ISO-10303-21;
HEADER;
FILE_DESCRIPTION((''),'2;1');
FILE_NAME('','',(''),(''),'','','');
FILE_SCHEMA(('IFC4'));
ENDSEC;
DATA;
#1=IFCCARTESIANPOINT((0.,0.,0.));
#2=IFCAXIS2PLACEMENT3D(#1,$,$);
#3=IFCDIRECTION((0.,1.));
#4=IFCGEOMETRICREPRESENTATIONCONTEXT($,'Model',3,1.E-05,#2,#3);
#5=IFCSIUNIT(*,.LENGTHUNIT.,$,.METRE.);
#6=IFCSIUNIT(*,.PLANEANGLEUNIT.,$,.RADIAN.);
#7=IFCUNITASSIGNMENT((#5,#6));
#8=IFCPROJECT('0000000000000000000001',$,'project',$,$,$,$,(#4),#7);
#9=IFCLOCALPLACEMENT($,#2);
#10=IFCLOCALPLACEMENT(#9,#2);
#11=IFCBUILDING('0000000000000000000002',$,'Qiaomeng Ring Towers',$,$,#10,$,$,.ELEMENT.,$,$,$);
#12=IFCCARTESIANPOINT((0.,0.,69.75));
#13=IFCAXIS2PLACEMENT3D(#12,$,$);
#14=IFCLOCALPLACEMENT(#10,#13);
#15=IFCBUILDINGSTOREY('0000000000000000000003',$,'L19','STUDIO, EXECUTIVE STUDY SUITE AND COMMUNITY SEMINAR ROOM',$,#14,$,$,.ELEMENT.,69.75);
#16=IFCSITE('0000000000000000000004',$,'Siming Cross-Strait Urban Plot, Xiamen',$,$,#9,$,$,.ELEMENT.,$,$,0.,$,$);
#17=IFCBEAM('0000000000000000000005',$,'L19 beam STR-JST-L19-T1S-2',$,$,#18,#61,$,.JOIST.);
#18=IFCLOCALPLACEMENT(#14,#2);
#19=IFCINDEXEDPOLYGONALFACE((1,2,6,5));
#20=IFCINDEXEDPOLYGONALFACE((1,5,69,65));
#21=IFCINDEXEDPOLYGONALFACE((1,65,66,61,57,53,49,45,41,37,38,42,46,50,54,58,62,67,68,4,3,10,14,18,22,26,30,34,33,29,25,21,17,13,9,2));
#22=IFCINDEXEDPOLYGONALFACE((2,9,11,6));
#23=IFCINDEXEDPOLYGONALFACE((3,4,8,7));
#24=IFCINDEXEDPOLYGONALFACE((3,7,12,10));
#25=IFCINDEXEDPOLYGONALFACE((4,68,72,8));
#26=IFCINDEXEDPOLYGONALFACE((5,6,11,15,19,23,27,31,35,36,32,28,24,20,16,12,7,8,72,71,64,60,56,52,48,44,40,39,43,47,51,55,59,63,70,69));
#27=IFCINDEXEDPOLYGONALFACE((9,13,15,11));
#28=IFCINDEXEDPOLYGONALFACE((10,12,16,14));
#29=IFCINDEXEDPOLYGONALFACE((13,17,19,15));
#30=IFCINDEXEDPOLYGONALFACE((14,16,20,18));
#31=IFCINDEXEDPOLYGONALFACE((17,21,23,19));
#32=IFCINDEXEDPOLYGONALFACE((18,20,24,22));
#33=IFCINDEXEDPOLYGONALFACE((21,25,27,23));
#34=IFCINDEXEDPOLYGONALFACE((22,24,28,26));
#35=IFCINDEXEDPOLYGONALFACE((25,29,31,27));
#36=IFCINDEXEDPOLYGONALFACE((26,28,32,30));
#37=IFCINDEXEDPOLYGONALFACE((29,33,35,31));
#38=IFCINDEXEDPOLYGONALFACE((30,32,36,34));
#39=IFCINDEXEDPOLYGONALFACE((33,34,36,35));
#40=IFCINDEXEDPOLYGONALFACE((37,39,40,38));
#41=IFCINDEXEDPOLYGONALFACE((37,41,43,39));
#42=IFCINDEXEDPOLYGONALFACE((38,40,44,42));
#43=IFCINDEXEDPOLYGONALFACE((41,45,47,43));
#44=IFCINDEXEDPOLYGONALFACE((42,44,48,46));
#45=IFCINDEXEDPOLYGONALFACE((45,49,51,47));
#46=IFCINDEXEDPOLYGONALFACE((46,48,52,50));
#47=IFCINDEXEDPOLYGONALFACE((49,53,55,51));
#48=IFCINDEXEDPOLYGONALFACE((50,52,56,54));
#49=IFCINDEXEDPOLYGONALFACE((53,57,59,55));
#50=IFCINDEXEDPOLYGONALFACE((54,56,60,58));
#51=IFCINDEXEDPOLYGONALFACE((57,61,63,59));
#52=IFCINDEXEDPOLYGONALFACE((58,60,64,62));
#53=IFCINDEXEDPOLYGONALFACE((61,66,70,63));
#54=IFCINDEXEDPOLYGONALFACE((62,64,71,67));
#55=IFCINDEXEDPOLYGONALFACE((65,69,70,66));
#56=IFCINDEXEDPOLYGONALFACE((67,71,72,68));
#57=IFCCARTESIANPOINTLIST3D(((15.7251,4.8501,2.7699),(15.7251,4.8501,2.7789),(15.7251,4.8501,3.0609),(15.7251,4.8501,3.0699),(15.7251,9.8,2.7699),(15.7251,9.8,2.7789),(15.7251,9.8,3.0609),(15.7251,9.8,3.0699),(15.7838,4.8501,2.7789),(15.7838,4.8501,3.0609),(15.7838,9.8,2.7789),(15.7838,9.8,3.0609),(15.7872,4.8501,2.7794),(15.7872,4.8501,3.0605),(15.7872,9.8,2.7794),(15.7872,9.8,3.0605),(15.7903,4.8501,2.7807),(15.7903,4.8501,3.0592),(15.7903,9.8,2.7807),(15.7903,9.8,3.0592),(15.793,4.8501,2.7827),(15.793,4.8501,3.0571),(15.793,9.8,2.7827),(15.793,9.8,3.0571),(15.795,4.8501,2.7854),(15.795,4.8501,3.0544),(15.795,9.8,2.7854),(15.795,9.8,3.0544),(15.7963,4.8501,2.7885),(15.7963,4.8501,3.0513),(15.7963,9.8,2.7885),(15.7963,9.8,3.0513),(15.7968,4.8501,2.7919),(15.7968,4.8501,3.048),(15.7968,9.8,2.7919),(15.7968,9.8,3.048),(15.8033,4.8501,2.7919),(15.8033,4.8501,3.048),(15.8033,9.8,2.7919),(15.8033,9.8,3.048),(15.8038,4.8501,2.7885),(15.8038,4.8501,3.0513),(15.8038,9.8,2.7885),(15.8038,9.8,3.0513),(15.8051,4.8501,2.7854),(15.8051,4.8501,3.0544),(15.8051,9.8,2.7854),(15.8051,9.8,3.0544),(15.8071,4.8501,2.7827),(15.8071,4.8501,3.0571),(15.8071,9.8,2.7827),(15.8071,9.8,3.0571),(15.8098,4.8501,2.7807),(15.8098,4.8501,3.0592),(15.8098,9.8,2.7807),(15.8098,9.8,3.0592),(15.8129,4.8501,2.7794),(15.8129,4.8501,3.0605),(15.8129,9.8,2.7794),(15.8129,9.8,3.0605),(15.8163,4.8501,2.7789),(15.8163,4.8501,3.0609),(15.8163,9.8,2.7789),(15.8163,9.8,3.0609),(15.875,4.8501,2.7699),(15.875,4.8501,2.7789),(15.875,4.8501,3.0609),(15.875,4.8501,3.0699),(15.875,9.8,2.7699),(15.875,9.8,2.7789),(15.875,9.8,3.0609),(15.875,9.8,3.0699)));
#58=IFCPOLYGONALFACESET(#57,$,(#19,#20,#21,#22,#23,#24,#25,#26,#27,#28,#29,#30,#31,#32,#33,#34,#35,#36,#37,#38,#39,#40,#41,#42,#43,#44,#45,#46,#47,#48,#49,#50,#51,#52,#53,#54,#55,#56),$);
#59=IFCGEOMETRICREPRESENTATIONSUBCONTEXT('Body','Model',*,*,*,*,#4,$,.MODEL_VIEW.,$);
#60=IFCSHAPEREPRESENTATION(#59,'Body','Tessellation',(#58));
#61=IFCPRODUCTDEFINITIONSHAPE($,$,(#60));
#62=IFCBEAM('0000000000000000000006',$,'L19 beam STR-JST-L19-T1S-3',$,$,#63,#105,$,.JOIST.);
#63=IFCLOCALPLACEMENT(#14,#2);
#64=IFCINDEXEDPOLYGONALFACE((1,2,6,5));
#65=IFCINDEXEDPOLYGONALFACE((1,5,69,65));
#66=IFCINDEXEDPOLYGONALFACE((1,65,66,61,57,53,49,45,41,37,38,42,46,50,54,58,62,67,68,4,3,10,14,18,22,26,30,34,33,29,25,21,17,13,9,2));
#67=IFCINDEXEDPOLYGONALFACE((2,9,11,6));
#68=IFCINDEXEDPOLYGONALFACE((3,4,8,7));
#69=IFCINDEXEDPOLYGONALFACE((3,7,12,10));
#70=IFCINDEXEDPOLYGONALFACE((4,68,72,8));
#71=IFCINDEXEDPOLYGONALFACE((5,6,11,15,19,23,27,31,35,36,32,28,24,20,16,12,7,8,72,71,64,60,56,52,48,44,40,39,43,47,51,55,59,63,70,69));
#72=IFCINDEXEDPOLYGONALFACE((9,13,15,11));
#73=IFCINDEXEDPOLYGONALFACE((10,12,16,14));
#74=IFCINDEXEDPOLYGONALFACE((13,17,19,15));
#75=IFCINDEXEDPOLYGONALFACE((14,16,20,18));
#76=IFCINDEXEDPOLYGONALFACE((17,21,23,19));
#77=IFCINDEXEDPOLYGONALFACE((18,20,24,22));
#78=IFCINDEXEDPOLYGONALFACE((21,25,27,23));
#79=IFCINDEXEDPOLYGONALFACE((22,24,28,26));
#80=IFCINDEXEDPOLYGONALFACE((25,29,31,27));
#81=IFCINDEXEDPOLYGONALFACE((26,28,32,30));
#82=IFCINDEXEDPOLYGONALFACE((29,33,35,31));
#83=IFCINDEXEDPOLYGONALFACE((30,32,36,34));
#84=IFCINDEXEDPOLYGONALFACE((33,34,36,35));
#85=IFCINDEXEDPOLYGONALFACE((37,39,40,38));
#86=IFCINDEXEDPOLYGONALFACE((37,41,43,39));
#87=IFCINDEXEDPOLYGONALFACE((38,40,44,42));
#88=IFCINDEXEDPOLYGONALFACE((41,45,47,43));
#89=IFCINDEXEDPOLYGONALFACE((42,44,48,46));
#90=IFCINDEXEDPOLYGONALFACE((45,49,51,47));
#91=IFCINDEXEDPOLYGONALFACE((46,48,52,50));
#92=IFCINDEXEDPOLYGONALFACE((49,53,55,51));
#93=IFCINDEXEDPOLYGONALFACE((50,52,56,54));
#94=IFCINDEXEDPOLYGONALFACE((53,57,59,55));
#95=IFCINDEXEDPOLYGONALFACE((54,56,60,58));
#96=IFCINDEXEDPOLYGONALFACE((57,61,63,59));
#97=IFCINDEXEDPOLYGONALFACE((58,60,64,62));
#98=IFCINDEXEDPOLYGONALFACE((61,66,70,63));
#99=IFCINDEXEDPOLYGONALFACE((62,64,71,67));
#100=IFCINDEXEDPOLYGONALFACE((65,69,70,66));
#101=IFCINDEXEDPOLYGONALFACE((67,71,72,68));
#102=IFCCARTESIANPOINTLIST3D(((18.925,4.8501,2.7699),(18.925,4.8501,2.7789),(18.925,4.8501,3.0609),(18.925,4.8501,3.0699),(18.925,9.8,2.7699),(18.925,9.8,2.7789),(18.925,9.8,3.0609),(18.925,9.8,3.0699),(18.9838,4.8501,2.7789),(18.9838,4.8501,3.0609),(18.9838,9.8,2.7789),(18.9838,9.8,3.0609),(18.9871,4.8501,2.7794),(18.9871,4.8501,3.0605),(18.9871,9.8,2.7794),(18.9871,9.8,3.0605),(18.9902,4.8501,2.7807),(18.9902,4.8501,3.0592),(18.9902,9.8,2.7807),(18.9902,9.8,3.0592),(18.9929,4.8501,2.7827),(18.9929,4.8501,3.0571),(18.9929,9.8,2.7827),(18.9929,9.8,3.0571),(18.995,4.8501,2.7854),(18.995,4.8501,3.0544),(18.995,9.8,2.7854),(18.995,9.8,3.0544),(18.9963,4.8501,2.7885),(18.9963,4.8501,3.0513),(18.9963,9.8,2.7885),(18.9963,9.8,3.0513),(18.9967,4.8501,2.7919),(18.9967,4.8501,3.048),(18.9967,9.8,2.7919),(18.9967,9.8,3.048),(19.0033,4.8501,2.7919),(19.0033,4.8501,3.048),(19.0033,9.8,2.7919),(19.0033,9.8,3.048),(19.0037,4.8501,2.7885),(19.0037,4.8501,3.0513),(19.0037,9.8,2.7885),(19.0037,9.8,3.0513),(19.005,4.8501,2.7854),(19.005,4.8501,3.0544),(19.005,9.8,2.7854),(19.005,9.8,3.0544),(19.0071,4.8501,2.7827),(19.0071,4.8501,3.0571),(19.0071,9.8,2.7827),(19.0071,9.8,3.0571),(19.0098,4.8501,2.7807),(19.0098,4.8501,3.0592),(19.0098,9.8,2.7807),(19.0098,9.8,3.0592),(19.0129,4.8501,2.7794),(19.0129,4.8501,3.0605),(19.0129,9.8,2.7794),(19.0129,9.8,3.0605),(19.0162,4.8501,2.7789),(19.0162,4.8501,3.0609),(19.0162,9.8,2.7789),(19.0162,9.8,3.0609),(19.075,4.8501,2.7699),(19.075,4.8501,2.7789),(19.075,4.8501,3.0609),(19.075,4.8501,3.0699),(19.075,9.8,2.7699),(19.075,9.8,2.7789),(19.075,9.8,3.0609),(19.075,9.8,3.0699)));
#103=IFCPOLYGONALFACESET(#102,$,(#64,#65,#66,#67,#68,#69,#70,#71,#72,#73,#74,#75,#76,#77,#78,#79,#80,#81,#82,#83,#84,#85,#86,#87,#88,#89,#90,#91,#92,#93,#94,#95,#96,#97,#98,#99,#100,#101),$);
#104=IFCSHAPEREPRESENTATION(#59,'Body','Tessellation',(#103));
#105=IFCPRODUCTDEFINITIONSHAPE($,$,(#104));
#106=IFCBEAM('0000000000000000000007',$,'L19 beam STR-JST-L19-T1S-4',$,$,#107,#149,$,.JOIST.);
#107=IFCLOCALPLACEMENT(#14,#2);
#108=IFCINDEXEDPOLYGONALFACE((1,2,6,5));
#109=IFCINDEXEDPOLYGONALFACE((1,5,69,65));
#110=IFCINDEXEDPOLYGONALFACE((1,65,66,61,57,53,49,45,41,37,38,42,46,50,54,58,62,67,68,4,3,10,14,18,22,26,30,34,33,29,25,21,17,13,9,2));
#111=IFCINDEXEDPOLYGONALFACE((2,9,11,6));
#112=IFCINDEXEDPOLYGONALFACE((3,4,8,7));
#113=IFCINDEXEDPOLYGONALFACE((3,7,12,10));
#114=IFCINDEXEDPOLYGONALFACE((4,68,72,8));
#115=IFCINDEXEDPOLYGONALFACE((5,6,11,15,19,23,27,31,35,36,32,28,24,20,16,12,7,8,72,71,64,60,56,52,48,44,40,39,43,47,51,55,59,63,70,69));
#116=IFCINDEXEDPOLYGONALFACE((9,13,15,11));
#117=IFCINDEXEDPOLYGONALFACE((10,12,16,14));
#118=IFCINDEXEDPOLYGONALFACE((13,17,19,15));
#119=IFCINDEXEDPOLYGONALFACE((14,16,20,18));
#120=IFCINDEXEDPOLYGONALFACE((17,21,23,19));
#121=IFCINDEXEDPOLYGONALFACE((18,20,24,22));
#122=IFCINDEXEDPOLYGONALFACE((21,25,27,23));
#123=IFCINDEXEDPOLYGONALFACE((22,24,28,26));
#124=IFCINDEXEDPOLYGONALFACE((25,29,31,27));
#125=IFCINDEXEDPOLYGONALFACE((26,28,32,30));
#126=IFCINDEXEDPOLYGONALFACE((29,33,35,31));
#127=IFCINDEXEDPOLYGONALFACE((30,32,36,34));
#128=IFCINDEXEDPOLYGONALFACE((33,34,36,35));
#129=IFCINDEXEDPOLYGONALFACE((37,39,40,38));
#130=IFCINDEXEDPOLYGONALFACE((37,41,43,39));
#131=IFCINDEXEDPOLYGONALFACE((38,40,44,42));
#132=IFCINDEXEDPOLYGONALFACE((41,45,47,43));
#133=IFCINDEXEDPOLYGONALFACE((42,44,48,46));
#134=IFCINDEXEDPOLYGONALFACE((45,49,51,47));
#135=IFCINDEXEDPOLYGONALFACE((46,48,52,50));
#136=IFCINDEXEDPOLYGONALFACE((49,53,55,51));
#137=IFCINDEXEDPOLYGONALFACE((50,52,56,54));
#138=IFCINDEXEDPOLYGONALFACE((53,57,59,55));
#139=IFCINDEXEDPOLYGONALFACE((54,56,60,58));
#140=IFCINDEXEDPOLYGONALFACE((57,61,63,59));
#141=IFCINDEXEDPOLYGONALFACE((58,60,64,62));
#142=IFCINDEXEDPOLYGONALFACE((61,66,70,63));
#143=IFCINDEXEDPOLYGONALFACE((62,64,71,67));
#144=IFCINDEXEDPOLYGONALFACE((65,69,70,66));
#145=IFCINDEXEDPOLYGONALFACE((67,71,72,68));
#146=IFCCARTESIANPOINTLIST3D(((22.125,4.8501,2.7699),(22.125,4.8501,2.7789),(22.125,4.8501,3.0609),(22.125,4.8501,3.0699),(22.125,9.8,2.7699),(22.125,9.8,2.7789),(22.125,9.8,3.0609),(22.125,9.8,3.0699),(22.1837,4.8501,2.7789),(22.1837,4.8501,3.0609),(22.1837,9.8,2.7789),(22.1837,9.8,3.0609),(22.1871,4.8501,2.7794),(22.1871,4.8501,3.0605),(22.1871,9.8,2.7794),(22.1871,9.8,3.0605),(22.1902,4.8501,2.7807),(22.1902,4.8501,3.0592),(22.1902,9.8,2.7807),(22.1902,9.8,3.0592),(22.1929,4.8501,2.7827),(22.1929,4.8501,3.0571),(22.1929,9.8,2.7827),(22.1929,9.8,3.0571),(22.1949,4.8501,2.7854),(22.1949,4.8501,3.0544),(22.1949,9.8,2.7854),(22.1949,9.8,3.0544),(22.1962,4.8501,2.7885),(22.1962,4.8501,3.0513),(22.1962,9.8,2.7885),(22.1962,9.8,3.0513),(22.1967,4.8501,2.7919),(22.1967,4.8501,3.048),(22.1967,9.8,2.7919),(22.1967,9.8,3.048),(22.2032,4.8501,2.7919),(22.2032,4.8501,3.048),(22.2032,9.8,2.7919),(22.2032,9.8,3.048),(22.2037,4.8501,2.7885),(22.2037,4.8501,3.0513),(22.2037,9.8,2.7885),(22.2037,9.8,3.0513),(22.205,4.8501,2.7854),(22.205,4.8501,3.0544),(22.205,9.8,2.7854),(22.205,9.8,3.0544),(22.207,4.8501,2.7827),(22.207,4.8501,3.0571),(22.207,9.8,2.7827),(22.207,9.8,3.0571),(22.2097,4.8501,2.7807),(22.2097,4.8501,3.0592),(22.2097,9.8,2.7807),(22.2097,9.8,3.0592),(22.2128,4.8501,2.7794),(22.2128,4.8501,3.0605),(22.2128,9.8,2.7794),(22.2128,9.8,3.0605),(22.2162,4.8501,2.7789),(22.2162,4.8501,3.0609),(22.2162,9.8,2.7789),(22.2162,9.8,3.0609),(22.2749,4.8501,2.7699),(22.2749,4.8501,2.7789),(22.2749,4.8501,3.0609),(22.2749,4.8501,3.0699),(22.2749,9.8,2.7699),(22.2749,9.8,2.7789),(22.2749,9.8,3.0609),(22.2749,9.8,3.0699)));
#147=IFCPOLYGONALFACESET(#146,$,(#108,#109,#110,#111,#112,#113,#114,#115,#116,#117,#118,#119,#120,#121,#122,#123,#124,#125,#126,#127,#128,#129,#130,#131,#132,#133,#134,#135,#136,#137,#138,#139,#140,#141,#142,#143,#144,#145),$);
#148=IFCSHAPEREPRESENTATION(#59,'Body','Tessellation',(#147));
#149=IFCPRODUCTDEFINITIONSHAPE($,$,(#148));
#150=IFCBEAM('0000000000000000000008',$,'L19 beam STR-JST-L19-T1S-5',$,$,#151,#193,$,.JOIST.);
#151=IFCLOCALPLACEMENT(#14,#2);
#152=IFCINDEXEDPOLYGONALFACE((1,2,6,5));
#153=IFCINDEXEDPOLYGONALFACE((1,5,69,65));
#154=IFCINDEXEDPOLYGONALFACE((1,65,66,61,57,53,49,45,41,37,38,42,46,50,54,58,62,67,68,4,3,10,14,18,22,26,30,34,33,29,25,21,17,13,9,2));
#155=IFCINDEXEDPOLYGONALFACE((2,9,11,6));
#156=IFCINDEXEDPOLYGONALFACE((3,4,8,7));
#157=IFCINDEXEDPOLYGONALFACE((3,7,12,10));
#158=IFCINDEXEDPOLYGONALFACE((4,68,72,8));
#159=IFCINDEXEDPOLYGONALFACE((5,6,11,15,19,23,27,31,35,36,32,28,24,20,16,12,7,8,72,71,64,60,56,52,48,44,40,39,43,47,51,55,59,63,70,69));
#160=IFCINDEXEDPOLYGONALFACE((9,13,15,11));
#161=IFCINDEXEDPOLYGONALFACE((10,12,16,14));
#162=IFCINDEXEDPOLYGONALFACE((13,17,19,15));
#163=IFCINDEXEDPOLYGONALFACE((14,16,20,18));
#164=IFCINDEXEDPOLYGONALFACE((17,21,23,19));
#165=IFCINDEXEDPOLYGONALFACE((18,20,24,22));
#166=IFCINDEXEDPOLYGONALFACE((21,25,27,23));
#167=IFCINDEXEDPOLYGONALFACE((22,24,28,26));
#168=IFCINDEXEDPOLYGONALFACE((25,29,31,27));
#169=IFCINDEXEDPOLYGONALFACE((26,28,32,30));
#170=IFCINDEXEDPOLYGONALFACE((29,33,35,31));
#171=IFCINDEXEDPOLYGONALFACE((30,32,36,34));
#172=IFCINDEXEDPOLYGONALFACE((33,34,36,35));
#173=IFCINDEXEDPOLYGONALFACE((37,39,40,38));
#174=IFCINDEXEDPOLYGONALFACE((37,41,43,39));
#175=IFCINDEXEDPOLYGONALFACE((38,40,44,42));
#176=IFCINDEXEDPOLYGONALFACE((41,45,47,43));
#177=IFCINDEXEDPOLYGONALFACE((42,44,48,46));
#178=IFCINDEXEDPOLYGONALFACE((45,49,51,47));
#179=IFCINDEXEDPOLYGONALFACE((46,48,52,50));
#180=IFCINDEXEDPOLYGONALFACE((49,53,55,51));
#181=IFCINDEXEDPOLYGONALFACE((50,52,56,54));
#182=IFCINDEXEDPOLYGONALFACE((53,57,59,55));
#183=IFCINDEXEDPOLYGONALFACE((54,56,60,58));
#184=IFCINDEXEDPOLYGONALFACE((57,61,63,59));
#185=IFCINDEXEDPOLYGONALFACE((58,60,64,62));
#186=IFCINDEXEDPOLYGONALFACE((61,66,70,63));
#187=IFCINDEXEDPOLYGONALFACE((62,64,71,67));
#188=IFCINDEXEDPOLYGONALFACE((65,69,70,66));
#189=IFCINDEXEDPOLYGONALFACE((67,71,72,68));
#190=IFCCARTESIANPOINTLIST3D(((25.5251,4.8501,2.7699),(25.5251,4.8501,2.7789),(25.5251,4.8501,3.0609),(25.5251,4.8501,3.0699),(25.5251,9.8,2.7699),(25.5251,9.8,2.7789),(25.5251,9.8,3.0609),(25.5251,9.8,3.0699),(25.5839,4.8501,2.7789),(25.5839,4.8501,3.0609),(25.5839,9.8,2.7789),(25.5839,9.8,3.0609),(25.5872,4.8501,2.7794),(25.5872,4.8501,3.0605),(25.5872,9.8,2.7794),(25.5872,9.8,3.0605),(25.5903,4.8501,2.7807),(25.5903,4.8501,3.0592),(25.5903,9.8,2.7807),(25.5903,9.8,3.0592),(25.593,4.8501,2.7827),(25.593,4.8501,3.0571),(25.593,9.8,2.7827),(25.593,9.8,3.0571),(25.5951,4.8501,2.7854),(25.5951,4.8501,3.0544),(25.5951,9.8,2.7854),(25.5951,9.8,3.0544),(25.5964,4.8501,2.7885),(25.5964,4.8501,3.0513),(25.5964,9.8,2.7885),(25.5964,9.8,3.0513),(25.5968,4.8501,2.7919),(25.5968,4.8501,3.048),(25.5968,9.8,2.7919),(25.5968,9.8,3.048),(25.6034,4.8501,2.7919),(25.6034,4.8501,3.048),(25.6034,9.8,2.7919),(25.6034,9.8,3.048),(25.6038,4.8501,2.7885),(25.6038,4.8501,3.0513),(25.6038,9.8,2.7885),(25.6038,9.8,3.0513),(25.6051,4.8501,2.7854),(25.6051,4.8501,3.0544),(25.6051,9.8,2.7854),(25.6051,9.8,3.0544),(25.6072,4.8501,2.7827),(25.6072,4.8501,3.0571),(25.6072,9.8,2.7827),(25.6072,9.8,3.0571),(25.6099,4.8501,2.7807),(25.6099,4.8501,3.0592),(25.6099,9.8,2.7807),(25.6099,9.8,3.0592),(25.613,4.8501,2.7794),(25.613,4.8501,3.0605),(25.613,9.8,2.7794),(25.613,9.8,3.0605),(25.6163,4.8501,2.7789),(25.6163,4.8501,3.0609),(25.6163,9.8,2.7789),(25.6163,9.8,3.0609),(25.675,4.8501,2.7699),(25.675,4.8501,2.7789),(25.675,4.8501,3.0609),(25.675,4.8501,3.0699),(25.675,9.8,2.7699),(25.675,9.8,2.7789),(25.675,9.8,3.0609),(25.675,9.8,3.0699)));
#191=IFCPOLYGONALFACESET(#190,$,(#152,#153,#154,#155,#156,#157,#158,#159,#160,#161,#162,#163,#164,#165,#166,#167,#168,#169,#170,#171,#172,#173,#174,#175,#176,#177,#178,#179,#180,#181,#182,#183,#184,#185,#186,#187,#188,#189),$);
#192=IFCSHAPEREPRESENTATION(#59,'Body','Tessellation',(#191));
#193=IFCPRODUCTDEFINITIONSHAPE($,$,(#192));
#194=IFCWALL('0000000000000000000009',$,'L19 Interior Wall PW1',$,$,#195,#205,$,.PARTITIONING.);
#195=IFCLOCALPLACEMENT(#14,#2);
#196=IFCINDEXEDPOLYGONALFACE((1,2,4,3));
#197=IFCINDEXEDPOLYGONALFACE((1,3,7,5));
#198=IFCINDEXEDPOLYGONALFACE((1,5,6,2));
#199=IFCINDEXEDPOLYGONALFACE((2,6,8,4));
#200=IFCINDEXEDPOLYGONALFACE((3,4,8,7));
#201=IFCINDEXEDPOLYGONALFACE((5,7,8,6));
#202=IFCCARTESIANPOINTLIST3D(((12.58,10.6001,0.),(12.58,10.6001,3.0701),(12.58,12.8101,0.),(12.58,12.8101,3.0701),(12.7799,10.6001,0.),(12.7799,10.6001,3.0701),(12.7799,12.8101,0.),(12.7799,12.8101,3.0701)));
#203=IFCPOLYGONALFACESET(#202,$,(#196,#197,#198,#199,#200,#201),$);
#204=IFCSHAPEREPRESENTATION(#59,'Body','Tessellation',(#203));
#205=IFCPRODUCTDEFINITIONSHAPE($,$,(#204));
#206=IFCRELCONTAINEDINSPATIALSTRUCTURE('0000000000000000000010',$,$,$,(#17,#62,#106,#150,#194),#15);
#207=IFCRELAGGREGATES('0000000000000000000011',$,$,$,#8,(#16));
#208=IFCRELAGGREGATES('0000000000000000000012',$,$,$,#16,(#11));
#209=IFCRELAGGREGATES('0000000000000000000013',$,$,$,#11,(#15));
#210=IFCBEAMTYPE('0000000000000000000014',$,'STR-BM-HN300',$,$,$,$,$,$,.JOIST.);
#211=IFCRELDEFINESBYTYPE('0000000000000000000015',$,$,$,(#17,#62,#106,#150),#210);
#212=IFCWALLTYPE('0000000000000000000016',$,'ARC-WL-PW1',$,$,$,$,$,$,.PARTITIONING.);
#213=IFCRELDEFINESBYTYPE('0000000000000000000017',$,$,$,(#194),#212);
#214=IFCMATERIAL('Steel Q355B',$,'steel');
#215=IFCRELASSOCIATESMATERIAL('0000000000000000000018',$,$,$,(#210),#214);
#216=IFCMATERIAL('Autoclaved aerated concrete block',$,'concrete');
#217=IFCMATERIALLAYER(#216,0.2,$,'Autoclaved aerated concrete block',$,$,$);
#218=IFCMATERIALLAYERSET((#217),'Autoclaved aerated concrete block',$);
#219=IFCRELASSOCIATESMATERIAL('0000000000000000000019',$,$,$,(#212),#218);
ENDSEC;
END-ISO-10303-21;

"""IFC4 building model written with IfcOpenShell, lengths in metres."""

from ifc_helpers import new_model, si_unit, direction, frame, frame_2d, origin, origin_2d, place, context, subcontext, project, spatial, rectangle, i_section, extrude, source, transform, mapped, material, layer, layer_set, material_profile, profile_set, type_object, element, save


model = new_model("IFC4")

# Units and contexts
model_context = context("Model", 3, precision=1e-05, world=origin(), true_north=direction((0.0, 1.0)))
body_context = subcontext(model_context, "Body", "Model", "MODEL_VIEW")
ifc_project = project(units=[si_unit("LENGTHUNIT", "METRE"), si_unit("PLANEANGLEUNIT", "RADIAN")], contexts=[model_context])

# Site, building, storey
site_placement = place(None, origin())
site = spatial("IfcSite", under=ifc_project, at=site_placement, Name="Siming Cross-Strait Urban Plot, Xiamen", CompositionType="ELEMENT", RefElevation=0.0)
building_placement = place(site_placement, origin())
building = spatial("IfcBuilding", under=site, at=building_placement, Name="Qiaomeng Ring Towers", CompositionType="ELEMENT")
storey_placement = place(building_placement, frame((0.0, 0.0, 69.75)))
storey = spatial("IfcBuildingStorey", under=building, at=storey_placement, Name="L19", Description="STUDIO, EXECUTIVE STUDY SUITE AND COMMUNITY SEMINAR ROOM", CompositionType="ELEMENT", Elevation=69.75)

# Beams
ifc_material_1 = material(Name="Steel Q355B", Category="steel")
ifc_material_profile_1 = material_profile(ifc_material_1, i_section(OverallWidth=0.1499, OverallDepth=0.3, WebThickness=0.0066, FlangeThickness=0.009, FilletRadius=0.0129, at=origin_2d()), Name="HN 300x150x6.5x9")
ifc_profile_set_1 = profile_set([ifc_material_profile_1], Name="Steel Q355B")
beam_type = type_object("IfcBeamType", Name="STR-BM-HN300", PredefinedType="JOIST", material=ifc_profile_set_1)
shared_shape_1 = source(origin(), body_context, "Body", "SweptSolid", [
    extrude(i_section(OverallWidth=0.1499, OverallDepth=0.3, WebThickness=0.0066, FlangeThickness=0.009, FilletRadius=0.0129, at=origin_2d()), origin(), (0.0, 0.0, 1.0), 4.95),
])
for number, where, z_axis, x_axis, name in (
    (1, (15.8, 4.8501, 2.9199), (0.0, 1.0, 0.0), (-1.0, 0.0, 0.0), "L19 beam STR-JST-L19-T1S-2"),
    (2, (19.0, 4.8501, 2.9199), (0.0, 1.0, 0.0), (-1.0, 0.0, 0.0), "L19 beam STR-JST-L19-T1S-3"),
    (3, (22.2, 4.8501, 2.9199), (0.0, 1.0, 0.0), (-1.0, 0.0, 0.0), "L19 beam STR-JST-L19-T1S-4"),
    (4, (25.6001, 4.8501, 2.9199), (0.0, 1.0, 0.0), (-1.0, 0.0, 0.0), "L19 beam STR-JST-L19-T1S-5"),
):
    element("IfcBeam", number, at=place(storey_placement, frame(where, z_axis=z_axis, x_axis=x_axis)), inside=storey, type_object=beam_type, Name=name, PredefinedType="JOIST", context=body_context, shape_type="MappedRepresentation", body=[
        mapped(shared_shape_1, transform((0.0, 0.0, 0.0), x_axis=(1.0, 0.0, 0.0), y_axis=(0.0, 1.0, 0.0), z_axis=(0.0, 0.0, 1.0), scale=1.0)),
    ])

# Wall
ifc_material_2 = material(Name="Autoclaved aerated concrete block", Category="concrete")
ifc_layer_1 = layer(ifc_material_2, 0.2, Name="Autoclaved aerated concrete block")
ifc_layer_set_1 = layer_set([ifc_layer_1], Name="Autoclaved aerated concrete block")
wall_type_1 = type_object("IfcWallType", Name="ARC-WL-PW1", PredefinedType="PARTITIONING", material=ifc_layer_set_1)
for number, where, z_axis, x_axis, name in (
    (5, (12.6799, 10.6001, 0.0), (0.0, 0.0, 1.0), (0.0, 1.0, 0.0), "L19 Interior Wall PW1"),
):
    element("IfcWall", number, at=place(storey_placement, frame(where, z_axis=z_axis, x_axis=x_axis)), inside=storey, type_object=wall_type_1, Name=name, PredefinedType="PARTITIONING", context=body_context, shape_type="SweptSolid", body=[
        extrude(rectangle(XDim=2.21, YDim=0.2, at=frame_2d((1.105, 0.0))), origin(), (0.0, 0.0, 1.0), 3.0701),
    ])

save(model, "model.ifc")
